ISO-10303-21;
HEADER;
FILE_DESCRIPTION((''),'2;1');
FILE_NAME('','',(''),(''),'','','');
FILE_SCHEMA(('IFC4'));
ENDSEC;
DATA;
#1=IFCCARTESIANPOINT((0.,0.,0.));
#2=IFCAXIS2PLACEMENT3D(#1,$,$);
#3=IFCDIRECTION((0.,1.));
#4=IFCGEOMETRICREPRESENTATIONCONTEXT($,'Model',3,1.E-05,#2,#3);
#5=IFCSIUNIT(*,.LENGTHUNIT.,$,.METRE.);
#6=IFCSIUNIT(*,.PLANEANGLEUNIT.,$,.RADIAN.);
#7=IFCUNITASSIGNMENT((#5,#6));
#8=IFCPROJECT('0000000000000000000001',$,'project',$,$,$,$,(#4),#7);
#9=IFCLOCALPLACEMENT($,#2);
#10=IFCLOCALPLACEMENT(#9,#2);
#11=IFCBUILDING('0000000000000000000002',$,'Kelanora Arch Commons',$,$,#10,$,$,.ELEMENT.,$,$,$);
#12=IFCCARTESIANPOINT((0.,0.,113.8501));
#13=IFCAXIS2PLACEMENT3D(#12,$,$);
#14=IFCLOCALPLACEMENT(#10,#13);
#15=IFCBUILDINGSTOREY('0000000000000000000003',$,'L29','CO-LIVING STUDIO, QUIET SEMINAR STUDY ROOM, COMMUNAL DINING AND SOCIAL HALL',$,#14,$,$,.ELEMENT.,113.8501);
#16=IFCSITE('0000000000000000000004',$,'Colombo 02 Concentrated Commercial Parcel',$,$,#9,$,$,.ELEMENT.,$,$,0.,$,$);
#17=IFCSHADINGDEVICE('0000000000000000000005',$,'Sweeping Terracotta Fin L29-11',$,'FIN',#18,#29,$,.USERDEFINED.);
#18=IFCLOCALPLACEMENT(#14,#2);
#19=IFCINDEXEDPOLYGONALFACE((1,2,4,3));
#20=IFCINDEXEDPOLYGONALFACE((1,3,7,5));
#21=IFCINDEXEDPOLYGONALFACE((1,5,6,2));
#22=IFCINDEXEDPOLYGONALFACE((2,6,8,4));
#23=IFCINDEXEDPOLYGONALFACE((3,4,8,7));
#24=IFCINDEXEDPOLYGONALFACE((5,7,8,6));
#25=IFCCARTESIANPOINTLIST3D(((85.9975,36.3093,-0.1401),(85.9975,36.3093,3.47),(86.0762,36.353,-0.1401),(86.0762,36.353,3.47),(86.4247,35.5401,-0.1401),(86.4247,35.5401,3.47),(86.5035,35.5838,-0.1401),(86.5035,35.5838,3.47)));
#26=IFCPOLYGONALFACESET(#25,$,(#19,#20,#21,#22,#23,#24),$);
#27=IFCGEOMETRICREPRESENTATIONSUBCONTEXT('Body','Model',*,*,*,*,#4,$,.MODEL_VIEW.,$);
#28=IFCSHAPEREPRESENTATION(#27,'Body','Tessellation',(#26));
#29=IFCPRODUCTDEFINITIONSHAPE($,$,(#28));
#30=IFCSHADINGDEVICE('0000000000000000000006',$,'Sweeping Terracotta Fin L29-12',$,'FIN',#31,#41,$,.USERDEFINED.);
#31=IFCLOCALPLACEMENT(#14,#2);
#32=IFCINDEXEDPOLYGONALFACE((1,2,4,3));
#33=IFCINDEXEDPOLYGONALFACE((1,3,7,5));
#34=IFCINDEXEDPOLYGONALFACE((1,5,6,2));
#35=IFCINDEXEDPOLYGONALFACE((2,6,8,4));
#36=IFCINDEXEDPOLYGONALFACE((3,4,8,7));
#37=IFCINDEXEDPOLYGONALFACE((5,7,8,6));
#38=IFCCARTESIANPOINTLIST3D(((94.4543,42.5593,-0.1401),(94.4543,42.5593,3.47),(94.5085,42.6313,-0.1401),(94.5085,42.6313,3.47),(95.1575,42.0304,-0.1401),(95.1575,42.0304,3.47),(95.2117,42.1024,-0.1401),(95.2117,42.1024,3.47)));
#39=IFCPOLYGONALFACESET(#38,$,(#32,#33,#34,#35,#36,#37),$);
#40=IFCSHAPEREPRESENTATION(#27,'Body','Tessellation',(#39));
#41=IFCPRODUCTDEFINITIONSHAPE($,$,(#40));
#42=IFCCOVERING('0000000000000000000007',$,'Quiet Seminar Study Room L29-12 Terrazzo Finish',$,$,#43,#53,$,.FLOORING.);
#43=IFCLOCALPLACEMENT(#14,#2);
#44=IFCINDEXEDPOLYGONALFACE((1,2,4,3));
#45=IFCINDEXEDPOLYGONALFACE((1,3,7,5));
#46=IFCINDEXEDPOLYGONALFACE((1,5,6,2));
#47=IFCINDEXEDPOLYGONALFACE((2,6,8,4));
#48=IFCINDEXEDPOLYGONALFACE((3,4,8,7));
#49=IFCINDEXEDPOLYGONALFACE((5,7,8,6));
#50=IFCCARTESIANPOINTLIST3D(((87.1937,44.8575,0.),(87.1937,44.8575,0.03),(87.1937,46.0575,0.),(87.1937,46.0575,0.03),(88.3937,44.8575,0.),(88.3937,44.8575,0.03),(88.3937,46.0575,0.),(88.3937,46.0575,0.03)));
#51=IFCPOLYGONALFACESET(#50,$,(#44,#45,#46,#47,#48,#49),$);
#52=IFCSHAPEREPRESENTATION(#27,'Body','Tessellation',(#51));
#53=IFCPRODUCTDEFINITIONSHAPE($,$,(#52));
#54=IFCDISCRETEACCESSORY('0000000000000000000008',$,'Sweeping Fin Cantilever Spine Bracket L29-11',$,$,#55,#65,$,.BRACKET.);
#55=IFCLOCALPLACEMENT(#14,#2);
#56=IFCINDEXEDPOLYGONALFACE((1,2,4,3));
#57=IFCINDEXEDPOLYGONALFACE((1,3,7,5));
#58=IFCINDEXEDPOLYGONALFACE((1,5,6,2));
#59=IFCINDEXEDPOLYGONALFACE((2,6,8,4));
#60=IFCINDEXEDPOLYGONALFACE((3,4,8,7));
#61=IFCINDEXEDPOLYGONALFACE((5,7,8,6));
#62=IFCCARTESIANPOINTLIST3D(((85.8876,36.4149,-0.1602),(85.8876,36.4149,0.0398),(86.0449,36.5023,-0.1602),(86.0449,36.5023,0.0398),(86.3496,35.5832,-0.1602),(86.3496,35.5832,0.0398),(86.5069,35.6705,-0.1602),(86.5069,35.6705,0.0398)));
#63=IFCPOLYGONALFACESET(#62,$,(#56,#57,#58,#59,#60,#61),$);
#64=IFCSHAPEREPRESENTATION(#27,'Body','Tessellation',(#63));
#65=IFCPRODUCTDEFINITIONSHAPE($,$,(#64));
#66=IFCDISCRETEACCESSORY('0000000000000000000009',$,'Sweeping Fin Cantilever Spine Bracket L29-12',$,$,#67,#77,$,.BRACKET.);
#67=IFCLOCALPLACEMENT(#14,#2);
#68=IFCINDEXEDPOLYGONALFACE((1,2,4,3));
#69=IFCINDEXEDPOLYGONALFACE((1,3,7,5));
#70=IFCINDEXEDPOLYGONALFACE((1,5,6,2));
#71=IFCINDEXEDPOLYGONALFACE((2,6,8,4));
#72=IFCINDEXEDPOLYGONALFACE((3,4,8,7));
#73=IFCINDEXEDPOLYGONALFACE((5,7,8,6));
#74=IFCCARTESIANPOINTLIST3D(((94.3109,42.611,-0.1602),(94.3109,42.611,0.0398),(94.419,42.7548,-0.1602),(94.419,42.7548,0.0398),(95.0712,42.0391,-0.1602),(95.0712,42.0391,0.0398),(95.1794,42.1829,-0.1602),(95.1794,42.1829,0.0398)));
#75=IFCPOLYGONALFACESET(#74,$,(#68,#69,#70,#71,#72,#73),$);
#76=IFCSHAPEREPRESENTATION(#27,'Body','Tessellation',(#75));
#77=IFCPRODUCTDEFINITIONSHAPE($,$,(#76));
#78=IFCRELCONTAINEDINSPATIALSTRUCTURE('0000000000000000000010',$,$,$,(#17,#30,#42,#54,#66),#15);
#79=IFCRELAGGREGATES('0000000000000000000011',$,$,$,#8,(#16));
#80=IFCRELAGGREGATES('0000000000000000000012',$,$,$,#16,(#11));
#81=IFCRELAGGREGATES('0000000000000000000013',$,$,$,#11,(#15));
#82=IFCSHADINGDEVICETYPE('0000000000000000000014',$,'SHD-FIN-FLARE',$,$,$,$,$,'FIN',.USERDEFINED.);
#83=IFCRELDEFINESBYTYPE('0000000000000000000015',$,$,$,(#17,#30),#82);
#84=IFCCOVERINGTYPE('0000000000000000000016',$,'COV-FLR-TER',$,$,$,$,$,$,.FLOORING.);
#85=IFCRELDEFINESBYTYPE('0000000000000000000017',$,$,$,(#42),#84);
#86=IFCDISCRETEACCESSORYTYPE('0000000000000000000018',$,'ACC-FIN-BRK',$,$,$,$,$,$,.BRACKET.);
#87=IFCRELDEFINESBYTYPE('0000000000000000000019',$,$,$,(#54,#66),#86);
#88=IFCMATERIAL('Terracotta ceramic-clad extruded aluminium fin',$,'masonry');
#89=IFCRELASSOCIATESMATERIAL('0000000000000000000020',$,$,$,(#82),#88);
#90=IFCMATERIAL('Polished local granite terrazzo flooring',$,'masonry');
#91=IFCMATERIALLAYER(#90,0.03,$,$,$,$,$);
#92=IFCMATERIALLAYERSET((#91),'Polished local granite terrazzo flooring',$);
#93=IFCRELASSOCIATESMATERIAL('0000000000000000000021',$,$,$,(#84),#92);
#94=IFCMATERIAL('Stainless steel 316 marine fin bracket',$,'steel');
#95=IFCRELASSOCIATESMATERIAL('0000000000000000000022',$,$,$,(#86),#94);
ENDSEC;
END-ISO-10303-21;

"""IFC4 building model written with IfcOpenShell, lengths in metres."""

from ifc_helpers import new_model, si_unit, direction, frame, origin, origin_2d, place, context, subcontext, project, spatial, rectangle, extrude, source, transform, mapped, material, layer, layer_set, type_object, element, save


model = new_model("IFC4")

# Units and contexts
model_context = context("Model", 3, precision=1e-05, world=origin(), true_north=direction((0.0, 1.0)))
body_context = subcontext(model_context, "Body", "Model", "MODEL_VIEW")
ifc_project = project(units=[si_unit("LENGTHUNIT", "METRE"), si_unit("PLANEANGLEUNIT", "RADIAN")], contexts=[model_context])

# Site, building, storey
site_placement = place(None, origin())
site = spatial("IfcSite", under=ifc_project, at=site_placement, Name="Colombo 02 Concentrated Commercial Parcel", CompositionType="ELEMENT", RefElevation=0.0)
building_placement = place(site_placement, origin())
building = spatial("IfcBuilding", under=site, at=building_placement, Name="Kelanora Arch Commons", CompositionType="ELEMENT")
storey_placement = place(building_placement, frame((0.0, 0.0, 113.8501)))
storey = spatial("IfcBuildingStorey", under=building, at=storey_placement, Name="L29", Description="CO-LIVING STUDIO, QUIET SEMINAR STUDY ROOM, COMMUNAL DINING AND SOCIAL HALL", CompositionType="ELEMENT", Elevation=113.8501)

# Shading devices
ifc_material_1 = material(Name="Terracotta ceramic-clad extruded aluminium fin", Category="masonry")
shading_device_type = type_object("IfcShadingDeviceType", Name="SHD-FIN-FLARE", ElementType="FIN", PredefinedType="USERDEFINED", material=ifc_material_1)
shared_shape_1 = source(origin(), body_context, "Body", "SweptSolid", [
    extrude(rectangle(XDim=0.8799, YDim=0.0901, at=origin_2d()), origin(), (0.0, 0.0, 1.0), 3.6101),
])
for number, where, z_axis, x_axis, name in (
    (1, (86.2505, 35.9465, -0.1401), (0.0, 0.0, 1.0), (0.485573, -0.874196, 0.0), "Sweeping Terracotta Fin L29-11"),
    (2, (94.833, 42.3308, -0.1401), (0.0, 0.0, 1.0), (0.79916, -0.601118, 0.0), "Sweeping Terracotta Fin L29-12"),
):
    element("IfcShadingDevice", number, at=place(storey_placement, frame(where, z_axis=z_axis, x_axis=x_axis)), inside=storey, type_object=shading_device_type, Name=name, ObjectType="FIN", PredefinedType="USERDEFINED", context=body_context, shape_type="MappedRepresentation", body=[
        mapped(shared_shape_1, transform((0.0, 0.0, 0.0), scale=1.0)),
    ])

# Covering
ifc_material_2 = material(Name="Polished local granite terrazzo flooring", Category="masonry")
ifc_layer_1 = layer(ifc_material_2, 0.03)
ifc_layer_set_1 = layer_set([ifc_layer_1], Name="Polished local granite terrazzo flooring")
covering_type = type_object("IfcCoveringType", Name="COV-FLR-TER", PredefinedType="FLOORING", material=ifc_layer_set_1)
shared_shape_2 = source(origin(), body_context, "Body", "SweptSolid", [
    extrude(rectangle(XDim=1.2, YDim=1.2, at=origin_2d()), origin(), (0.0, 0.0, 1.0), 0.03),
])
covering_placement = place(storey_placement, frame((87.7937, 45.4575, 0.0), z_axis=(0.0, 0.0, 1.0), x_axis=(1.0, 0.0, 0.0)))
element("IfcCovering", 3, at=covering_placement, inside=storey, type_object=covering_type, Name="Quiet Seminar Study Room L29-12 Terrazzo Finish", PredefinedType="FLOORING", context=body_context, shape_type="MappedRepresentation", body=[
    mapped(shared_shape_2, transform((0.0, 0.0, 0.0), scale=1.0)),
])

# Discrete accessories
ifc_material_3 = material(Name="Stainless steel 316 marine fin bracket", Category="steel")
discrete_accessory_type = type_object("IfcDiscreteAccessoryType", Name="ACC-FIN-BRK", PredefinedType="BRACKET", material=ifc_material_3)
shared_shape_3 = source(origin(), body_context, "Body", "SweptSolid", [
    extrude(rectangle(XDim=0.9514, YDim=0.1799, at=origin_2d()), origin(), (0.0, 0.0, 1.0), 0.2),
])
for number, where, z_axis, x_axis, name in (
    (4, (86.1973, 36.0427, -0.1602), (0.0, 0.0, 1.0), (0.485573, -0.874196, 0.0), "Sweeping Fin Cantilever Spine Bracket L29-11"),
    (5, (94.7451, 42.397, -0.1602), (0.0, 0.0, 1.0), (0.79916, -0.601118, 0.0), "Sweeping Fin Cantilever Spine Bracket L29-12"),
):
    element("IfcDiscreteAccessory", number, at=place(storey_placement, frame(where, z_axis=z_axis, x_axis=x_axis)), inside=storey, type_object=discrete_accessory_type, Name=name, PredefinedType="BRACKET", context=body_context, shape_type="MappedRepresentation", body=[
        mapped(shared_shape_3, transform((0.0, 0.0, 0.0), scale=1.0)),
    ])

save(model, "model.ifc")
